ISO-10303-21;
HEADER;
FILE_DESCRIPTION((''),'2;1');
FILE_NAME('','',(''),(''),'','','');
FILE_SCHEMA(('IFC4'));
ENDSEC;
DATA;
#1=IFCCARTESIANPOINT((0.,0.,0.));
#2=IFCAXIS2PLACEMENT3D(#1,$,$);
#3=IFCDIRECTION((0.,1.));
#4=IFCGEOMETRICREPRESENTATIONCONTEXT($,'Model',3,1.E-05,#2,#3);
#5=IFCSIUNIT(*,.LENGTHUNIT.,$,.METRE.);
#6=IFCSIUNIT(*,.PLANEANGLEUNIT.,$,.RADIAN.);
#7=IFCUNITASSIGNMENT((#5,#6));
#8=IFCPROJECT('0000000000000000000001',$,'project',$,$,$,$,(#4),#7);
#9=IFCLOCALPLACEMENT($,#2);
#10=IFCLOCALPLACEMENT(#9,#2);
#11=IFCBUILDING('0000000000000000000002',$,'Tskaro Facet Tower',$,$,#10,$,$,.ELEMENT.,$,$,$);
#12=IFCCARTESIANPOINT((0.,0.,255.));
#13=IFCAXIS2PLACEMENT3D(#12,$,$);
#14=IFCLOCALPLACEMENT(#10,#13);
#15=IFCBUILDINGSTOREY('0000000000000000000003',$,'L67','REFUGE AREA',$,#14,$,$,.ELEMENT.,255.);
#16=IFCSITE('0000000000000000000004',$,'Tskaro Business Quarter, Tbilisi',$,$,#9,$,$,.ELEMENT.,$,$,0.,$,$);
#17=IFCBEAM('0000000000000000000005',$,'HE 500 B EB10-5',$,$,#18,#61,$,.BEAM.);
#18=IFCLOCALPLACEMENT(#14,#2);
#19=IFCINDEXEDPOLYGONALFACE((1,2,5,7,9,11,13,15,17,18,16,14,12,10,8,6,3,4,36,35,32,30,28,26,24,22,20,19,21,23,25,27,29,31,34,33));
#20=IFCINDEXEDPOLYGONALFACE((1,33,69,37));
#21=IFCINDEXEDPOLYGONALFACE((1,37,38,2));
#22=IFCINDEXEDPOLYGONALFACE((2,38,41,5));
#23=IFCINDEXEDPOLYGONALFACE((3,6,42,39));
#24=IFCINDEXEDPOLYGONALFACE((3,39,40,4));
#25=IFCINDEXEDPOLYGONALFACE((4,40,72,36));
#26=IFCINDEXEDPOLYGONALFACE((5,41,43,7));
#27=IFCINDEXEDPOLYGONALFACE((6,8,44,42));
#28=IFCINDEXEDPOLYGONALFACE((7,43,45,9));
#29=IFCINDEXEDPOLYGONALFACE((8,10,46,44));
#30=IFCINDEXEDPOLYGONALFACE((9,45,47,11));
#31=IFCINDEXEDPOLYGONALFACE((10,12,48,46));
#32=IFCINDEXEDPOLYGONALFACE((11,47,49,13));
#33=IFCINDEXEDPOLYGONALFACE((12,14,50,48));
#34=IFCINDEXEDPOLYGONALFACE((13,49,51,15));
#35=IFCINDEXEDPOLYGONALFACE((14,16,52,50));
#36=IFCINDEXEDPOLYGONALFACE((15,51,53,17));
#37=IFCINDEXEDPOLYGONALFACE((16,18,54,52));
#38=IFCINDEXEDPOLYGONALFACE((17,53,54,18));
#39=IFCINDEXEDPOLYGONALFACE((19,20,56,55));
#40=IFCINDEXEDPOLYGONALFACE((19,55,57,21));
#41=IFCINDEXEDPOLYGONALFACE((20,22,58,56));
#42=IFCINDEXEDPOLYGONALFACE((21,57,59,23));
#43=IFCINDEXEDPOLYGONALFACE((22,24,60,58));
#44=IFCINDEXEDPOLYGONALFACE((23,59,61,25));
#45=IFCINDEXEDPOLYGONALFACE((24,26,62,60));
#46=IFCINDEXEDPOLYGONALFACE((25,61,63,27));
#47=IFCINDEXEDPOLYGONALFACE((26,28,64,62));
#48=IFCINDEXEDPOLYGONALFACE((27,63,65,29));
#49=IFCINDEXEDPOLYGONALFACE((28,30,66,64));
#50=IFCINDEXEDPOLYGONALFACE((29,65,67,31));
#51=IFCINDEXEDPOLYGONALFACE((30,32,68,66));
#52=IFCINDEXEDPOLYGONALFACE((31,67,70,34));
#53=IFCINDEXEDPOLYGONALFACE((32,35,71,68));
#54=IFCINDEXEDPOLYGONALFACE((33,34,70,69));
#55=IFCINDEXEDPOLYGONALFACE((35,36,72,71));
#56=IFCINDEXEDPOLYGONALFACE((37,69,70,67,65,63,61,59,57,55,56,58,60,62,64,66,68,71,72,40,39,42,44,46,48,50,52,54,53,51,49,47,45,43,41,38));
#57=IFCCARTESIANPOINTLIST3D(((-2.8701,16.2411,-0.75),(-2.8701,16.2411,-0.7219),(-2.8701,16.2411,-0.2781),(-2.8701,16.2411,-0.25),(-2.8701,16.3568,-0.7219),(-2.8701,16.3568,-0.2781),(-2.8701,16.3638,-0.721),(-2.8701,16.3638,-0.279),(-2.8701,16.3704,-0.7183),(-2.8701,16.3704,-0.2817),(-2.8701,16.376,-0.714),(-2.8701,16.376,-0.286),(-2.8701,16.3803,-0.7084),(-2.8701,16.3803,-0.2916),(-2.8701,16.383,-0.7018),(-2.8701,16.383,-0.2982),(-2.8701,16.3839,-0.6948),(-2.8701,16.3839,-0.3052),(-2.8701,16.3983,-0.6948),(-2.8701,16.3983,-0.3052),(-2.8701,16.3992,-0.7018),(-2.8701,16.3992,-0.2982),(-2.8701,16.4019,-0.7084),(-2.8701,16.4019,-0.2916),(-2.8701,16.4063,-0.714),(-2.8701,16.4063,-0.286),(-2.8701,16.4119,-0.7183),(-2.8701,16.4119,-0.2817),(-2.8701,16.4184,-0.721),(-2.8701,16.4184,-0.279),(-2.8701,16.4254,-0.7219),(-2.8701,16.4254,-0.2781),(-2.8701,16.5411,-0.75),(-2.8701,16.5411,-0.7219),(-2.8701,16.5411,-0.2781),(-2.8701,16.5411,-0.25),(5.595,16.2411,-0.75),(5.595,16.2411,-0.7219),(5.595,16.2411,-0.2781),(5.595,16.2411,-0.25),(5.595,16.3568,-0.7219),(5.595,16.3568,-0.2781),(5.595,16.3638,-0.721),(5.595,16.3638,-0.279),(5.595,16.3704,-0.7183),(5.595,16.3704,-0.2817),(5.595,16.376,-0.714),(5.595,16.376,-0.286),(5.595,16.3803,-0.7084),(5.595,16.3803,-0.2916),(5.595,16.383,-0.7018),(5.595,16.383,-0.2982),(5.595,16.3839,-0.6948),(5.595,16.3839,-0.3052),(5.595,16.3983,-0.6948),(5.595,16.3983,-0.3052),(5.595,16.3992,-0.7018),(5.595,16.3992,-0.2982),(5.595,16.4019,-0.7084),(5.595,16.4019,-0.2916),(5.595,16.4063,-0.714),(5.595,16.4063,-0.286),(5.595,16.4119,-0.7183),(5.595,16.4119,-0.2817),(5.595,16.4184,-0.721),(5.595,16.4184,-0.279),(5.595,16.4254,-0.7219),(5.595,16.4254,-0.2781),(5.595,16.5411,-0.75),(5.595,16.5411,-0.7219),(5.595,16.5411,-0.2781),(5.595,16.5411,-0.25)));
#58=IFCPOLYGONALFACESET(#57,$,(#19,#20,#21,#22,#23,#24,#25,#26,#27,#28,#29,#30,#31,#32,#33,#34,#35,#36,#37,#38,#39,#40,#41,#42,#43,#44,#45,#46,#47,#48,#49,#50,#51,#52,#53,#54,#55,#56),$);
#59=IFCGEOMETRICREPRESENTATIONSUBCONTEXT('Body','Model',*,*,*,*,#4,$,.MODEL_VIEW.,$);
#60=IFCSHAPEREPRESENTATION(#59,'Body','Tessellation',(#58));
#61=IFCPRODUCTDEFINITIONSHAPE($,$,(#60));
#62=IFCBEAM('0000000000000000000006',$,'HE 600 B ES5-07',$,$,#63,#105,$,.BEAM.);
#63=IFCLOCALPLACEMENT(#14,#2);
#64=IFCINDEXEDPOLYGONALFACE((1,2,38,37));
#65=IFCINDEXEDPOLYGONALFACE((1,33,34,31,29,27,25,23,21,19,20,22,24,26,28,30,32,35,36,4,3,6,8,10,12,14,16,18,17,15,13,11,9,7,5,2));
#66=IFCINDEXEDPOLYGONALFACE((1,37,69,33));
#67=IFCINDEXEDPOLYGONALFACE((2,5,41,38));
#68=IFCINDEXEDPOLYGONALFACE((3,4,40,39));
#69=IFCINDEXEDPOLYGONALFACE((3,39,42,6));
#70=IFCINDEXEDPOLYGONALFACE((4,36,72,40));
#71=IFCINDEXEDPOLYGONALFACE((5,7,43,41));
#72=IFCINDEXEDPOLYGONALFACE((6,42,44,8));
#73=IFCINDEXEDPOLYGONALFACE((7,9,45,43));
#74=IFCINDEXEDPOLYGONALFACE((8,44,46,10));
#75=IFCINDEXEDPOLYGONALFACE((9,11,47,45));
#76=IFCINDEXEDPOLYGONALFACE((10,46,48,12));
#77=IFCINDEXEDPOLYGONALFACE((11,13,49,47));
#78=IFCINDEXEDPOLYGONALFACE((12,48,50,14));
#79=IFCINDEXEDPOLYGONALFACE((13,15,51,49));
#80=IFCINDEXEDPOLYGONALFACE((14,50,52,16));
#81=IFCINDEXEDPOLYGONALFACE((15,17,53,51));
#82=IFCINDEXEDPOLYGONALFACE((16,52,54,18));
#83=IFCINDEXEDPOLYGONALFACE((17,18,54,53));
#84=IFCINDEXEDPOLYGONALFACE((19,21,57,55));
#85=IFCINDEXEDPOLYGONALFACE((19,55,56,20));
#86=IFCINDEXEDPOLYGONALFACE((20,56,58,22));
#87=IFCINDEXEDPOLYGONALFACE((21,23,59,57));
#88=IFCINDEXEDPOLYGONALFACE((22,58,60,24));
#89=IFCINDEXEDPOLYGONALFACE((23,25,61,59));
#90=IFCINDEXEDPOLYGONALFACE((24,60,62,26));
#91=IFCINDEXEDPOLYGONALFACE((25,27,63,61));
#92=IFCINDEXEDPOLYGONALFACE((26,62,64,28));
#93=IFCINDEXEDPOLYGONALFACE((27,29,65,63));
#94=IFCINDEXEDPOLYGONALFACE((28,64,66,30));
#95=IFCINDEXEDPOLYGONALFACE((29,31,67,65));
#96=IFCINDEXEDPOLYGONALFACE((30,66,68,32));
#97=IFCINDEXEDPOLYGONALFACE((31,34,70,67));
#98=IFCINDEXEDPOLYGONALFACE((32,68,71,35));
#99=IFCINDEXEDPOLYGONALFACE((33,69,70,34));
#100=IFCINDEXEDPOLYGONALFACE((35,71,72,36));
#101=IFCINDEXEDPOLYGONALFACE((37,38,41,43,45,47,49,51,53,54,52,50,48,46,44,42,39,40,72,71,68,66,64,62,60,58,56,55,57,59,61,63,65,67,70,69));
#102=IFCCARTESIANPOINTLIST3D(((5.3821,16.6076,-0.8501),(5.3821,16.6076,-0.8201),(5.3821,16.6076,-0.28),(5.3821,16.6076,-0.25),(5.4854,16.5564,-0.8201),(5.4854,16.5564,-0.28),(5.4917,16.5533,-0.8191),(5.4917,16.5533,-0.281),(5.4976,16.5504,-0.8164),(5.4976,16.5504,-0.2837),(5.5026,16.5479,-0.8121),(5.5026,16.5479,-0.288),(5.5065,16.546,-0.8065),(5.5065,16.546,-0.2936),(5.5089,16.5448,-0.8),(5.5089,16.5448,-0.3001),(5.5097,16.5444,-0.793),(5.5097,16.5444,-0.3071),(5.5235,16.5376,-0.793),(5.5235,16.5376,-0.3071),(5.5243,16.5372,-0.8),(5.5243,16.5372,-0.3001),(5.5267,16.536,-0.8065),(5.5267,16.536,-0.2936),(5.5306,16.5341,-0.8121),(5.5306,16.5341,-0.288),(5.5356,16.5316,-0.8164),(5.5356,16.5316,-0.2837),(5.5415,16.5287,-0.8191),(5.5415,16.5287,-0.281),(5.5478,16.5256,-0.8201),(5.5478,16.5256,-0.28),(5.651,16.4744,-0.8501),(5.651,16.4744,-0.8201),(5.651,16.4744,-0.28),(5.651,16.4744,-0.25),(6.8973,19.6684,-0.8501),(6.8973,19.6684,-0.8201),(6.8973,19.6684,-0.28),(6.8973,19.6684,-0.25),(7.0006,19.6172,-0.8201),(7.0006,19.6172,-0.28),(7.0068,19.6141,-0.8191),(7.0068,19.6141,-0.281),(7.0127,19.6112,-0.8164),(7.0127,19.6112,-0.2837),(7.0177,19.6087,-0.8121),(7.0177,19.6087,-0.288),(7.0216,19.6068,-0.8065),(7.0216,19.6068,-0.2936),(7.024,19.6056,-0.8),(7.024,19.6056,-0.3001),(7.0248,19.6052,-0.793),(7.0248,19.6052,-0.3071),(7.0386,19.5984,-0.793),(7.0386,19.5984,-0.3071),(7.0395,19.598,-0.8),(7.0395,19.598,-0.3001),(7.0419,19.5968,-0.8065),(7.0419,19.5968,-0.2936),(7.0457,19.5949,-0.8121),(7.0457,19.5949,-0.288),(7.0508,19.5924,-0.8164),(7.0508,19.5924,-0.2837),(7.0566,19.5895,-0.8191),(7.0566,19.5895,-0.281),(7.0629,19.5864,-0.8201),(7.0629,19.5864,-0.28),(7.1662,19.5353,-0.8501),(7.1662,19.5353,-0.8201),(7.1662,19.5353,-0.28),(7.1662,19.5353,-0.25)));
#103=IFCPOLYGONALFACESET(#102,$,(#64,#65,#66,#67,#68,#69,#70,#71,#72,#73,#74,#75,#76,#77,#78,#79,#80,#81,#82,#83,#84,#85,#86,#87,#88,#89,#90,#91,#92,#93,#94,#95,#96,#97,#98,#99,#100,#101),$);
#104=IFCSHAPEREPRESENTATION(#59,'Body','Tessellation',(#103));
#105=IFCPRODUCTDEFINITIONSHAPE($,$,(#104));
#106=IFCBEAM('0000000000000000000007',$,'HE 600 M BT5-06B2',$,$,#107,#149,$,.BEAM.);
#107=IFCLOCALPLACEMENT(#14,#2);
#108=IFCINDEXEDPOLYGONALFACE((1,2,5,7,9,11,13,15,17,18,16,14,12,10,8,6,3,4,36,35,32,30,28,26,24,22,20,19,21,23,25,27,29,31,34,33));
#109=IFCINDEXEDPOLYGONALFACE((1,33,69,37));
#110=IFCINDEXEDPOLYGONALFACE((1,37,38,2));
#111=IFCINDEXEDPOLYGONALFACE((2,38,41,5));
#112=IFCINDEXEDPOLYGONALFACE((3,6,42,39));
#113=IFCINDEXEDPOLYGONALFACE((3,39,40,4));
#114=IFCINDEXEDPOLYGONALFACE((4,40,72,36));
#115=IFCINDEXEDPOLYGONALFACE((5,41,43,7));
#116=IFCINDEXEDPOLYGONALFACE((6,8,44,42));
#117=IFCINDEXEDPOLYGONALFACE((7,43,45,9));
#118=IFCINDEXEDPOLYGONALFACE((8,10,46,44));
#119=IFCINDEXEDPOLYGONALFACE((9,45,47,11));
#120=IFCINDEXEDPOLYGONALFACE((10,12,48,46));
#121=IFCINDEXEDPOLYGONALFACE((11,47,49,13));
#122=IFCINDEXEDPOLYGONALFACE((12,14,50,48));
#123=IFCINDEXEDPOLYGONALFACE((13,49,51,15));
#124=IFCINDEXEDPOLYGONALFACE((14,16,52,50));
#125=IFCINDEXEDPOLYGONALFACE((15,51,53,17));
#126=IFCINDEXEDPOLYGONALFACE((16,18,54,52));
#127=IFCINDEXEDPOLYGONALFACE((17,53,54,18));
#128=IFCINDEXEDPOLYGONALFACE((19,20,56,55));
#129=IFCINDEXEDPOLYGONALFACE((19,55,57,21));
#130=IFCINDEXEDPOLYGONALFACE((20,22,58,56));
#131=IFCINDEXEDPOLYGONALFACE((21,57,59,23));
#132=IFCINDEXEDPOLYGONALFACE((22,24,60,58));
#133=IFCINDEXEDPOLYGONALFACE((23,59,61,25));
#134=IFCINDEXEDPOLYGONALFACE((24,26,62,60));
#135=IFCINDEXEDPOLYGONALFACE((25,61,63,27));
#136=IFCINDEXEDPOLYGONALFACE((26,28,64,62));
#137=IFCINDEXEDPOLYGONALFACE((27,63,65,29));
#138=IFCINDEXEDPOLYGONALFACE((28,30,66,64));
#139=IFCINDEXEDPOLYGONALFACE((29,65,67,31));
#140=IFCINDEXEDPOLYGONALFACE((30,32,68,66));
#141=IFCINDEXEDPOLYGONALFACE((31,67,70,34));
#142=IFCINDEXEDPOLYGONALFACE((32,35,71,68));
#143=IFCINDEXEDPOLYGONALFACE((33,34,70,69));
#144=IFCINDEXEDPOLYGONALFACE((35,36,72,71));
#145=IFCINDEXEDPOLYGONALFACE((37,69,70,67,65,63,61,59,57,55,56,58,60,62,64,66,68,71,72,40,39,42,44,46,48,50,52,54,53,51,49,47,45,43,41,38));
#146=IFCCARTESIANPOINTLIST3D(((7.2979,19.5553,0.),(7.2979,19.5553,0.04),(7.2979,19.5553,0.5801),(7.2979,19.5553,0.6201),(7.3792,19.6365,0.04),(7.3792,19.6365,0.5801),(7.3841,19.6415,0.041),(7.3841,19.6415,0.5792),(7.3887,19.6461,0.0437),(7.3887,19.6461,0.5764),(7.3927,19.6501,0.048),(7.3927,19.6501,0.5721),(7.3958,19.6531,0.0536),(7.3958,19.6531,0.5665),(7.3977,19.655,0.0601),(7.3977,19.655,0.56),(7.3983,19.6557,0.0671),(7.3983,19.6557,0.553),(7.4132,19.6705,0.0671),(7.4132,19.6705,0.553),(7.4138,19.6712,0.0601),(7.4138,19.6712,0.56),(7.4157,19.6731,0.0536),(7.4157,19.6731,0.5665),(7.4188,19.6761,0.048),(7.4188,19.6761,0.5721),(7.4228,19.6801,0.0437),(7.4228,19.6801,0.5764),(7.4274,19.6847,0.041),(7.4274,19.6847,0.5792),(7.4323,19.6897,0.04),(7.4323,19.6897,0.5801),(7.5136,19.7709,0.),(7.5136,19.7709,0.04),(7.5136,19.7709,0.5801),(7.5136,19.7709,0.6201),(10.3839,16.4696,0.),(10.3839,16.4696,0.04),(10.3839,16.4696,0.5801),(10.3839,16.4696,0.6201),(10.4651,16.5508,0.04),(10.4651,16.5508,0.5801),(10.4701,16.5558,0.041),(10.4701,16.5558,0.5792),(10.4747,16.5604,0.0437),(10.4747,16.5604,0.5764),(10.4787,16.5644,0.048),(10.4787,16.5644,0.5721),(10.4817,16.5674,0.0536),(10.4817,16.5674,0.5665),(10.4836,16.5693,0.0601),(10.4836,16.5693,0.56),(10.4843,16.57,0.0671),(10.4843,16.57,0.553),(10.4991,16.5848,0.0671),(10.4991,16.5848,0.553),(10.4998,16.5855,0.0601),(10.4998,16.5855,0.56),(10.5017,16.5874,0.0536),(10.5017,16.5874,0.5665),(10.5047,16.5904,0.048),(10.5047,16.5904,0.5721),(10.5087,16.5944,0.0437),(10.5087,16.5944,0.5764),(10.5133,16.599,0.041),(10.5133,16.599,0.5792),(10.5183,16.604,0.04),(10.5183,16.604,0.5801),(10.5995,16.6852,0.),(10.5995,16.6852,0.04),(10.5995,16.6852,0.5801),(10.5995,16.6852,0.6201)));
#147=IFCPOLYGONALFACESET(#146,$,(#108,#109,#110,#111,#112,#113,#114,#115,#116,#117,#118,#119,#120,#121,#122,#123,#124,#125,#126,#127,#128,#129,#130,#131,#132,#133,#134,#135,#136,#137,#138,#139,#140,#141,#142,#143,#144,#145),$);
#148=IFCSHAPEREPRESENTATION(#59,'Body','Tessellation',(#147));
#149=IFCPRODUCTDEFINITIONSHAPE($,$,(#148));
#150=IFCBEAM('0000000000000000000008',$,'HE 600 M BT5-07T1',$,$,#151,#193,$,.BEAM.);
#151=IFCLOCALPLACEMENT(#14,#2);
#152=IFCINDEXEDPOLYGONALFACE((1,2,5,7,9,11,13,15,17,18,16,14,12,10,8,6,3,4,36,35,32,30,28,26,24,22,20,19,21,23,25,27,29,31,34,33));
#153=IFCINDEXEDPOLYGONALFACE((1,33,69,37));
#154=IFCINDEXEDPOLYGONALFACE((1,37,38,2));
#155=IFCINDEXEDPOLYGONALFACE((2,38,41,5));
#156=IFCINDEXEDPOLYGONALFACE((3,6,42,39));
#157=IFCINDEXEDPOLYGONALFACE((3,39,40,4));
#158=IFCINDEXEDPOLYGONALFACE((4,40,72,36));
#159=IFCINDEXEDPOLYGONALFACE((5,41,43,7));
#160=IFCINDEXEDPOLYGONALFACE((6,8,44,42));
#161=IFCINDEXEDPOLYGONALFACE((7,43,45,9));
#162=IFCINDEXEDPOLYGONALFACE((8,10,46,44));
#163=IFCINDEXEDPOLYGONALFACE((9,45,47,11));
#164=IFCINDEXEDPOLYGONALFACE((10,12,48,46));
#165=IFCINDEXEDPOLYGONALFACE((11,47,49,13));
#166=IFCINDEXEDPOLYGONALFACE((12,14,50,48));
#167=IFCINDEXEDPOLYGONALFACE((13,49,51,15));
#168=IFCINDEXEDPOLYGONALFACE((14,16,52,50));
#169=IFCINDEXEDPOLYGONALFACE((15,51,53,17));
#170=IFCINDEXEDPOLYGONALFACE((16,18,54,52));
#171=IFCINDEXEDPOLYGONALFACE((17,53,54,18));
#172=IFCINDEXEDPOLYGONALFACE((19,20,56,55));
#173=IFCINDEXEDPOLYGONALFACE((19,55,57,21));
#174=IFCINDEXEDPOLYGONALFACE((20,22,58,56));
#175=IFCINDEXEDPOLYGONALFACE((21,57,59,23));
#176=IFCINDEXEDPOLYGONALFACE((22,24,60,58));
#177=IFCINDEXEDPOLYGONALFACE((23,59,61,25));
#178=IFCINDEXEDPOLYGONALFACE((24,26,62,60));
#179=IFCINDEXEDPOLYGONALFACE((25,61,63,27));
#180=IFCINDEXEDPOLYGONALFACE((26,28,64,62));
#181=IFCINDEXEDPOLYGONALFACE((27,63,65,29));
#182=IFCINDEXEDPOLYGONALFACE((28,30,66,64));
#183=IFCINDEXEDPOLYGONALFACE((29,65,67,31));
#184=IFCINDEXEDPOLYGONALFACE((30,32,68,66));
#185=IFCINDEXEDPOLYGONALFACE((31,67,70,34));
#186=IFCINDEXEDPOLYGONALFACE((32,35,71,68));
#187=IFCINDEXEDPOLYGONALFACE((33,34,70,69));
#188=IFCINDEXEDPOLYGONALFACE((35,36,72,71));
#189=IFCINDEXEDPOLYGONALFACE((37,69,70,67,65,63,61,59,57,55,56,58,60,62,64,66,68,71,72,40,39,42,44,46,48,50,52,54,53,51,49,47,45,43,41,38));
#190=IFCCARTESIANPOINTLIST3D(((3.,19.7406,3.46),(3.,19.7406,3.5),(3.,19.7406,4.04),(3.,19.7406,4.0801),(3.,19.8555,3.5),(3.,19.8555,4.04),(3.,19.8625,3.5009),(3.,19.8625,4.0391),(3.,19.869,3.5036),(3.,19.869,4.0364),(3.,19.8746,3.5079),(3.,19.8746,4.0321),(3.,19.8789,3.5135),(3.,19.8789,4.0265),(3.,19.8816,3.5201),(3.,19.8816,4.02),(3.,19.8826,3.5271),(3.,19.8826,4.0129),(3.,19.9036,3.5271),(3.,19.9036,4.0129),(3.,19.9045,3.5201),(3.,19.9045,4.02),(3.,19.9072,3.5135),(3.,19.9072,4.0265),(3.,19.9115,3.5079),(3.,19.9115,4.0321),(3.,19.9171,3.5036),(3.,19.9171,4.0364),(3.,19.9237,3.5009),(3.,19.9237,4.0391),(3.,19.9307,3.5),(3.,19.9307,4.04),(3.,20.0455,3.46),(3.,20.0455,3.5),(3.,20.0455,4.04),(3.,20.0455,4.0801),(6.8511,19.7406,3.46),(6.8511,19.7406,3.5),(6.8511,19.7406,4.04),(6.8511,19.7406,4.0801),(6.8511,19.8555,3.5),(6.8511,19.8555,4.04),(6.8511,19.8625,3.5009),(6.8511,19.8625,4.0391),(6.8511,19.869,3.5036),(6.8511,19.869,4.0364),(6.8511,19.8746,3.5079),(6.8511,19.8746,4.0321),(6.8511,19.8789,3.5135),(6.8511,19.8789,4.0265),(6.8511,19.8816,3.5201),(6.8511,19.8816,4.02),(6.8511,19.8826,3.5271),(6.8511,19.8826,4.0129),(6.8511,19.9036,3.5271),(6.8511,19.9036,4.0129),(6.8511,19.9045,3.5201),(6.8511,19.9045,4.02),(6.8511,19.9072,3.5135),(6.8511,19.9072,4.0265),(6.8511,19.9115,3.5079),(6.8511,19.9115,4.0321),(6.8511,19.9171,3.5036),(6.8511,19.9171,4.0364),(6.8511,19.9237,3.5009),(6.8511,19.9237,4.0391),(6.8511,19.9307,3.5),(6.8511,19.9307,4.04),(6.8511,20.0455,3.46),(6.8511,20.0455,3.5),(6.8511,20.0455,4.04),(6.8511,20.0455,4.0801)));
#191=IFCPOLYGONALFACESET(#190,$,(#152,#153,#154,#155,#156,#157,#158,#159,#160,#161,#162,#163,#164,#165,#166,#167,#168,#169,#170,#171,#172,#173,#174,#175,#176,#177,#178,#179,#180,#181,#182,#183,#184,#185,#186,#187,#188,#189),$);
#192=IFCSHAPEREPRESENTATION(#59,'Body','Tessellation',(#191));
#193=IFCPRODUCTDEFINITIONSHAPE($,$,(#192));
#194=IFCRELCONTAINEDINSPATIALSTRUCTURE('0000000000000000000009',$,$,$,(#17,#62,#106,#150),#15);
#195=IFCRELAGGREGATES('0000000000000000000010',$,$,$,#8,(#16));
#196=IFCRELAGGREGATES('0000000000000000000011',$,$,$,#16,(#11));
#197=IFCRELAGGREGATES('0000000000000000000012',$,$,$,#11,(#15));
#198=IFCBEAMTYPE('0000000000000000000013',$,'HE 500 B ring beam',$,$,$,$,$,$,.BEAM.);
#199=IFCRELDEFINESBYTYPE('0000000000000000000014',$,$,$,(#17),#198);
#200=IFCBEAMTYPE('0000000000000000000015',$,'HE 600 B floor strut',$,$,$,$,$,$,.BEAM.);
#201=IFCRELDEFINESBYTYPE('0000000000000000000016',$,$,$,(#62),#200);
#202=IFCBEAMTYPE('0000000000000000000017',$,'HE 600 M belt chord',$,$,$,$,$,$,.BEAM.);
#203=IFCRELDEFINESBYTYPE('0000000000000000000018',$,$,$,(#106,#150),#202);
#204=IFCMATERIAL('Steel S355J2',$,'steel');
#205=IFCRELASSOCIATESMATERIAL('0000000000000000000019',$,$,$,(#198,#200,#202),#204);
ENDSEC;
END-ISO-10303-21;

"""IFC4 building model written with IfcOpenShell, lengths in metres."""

from ifc_helpers import new_model, si_unit, direction, frame, origin, origin_2d, place, context, subcontext, project, spatial, i_section, extrude, material, material_profile, profile_set, type_object, element, save


model = new_model("IFC4")

# Units and contexts
model_context = context("Model", 3, precision=1e-05, world=origin(), true_north=direction((0.0, 1.0)))
body_context = subcontext(model_context, "Body", "Model", "MODEL_VIEW")
ifc_project = project(units=[si_unit("LENGTHUNIT", "METRE"), si_unit("PLANEANGLEUNIT", "RADIAN")], contexts=[model_context])

# Site, building, storey
site_placement = place(None, origin())
site = spatial("IfcSite", under=ifc_project, at=site_placement, Name="Tskaro Business Quarter, Tbilisi", CompositionType="ELEMENT", RefElevation=0.0)
building_placement = place(site_placement, origin())
building = spatial("IfcBuilding", under=site, at=building_placement, Name="Tskaro Facet Tower", CompositionType="ELEMENT")
storey_placement = place(building_placement, frame((0.0, 0.0, 255.0)))
storey = spatial("IfcBuildingStorey", under=building, at=storey_placement, Name="L67", Description="REFUGE AREA", CompositionType="ELEMENT", Elevation=255.0)

# Shared definitions
ifc_material_1 = material(Name="Steel S355J2", Category="steel")

# Beams
ifc_material_profile_1 = material_profile(ifc_material_1, i_section(OverallWidth=0.3, OverallDepth=0.5, WebThickness=0.0144, FlangeThickness=0.0281, FilletRadius=0.0271, at=origin_2d()), Name="HE 500 B")
ifc_profile_set_1 = profile_set([ifc_material_profile_1], Name="Steel S355J2")
beam_type_1 = type_object("IfcBeamType", Name="HE 500 B ring beam", PredefinedType="BEAM", material=ifc_profile_set_1)
beam_1_placement = place(storey_placement, frame((5.595, 16.3911, -0.5), z_axis=(-1.0, 0.0, 0.0), x_axis=(0.0, -1.0, 0.0)))
element("IfcBeam", 1, at=beam_1_placement, inside=storey, type_object=beam_type_1, Name="HE 500 B EB10-5", PredefinedType="BEAM", context=body_context, shape_type="SweptSolid", body=[
    extrude(i_section(OverallWidth=0.3, OverallDepth=0.5, WebThickness=0.0144, FlangeThickness=0.0281, FilletRadius=0.0271, at=origin_2d()), origin(), (0.0, 0.0, 1.0), 8.4651),
])
ifc_material_profile_2 = material_profile(ifc_material_1, i_section(OverallWidth=0.3, OverallDepth=0.6001, WebThickness=0.0154, FlangeThickness=0.03, FilletRadius=0.0271, at=origin_2d()), Name="HE 600 B")
ifc_profile_set_2 = profile_set([ifc_material_profile_2], Name="Steel S355J2")
beam_type_2 = type_object("IfcBeamType", Name="HE 600 B floor strut", PredefinedType="BEAM", material=ifc_profile_set_2)
beam_2_placement = place(storey_placement, frame((7.0317, 19.6018, -0.55), z_axis=(-0.443636, -0.896207, 0.0), x_axis=(0.896207, -0.443636, 0.0)))
element("IfcBeam", 2, at=beam_2_placement, inside=storey, type_object=beam_type_2, Name="HE 600 B ES5-07", PredefinedType="BEAM", context=body_context, shape_type="SweptSolid", body=[
    extrude(i_section(OverallWidth=0.3, OverallDepth=0.6001, WebThickness=0.0154, FlangeThickness=0.03, FilletRadius=0.0271, at=origin_2d()), origin(), (0.0, 0.0, 1.0), 3.4153),
])
ifc_material_profile_3 = material_profile(ifc_material_1, i_section(OverallWidth=0.3049, OverallDepth=0.6201, WebThickness=0.021, FlangeThickness=0.04, FilletRadius=0.0271, at=origin_2d()), Name="HE 600 M")
ifc_profile_set_3 = profile_set([ifc_material_profile_3], Name="Steel S355J2")
beam_type_3 = type_object("IfcBeamType", Name="HE 600 M belt chord", PredefinedType="BEAM", material=ifc_profile_set_3)
beam_3_placement = place(storey_placement, frame((10.4917, 16.5774, 0.3101), z_axis=(-0.707135, 0.707079, 0.0), x_axis=(-0.707079, -0.707135, 0.0)))
element("IfcBeam", 3, at=beam_3_placement, inside=storey, type_object=beam_type_3, Name="HE 600 M BT5-06B2", PredefinedType="BEAM", context=body_context, shape_type="SweptSolid", body=[
    extrude(i_section(OverallWidth=0.3049, OverallDepth=0.6201, WebThickness=0.021, FlangeThickness=0.04, FilletRadius=0.0271, at=origin_2d()), origin(), (0.0, 0.0, 1.0), 4.364),
])
beam_4_placement = place(storey_placement, frame((6.8511, 19.8931, 3.77), z_axis=(-1.0, 0.0, 0.0), x_axis=(0.0, -1.0, 0.0)))
element("IfcBeam", 4, at=beam_4_placement, inside=storey, type_object=beam_type_3, Name="HE 600 M BT5-07T1", PredefinedType="BEAM", context=body_context, shape_type="SweptSolid", body=[
    extrude(i_section(OverallWidth=0.3049, OverallDepth=0.6201, WebThickness=0.021, FlangeThickness=0.04, FilletRadius=0.0271, at=origin_2d()), origin(), (0.0, 0.0, 1.0), 3.8511),
])

save(model, "model.ifc")
